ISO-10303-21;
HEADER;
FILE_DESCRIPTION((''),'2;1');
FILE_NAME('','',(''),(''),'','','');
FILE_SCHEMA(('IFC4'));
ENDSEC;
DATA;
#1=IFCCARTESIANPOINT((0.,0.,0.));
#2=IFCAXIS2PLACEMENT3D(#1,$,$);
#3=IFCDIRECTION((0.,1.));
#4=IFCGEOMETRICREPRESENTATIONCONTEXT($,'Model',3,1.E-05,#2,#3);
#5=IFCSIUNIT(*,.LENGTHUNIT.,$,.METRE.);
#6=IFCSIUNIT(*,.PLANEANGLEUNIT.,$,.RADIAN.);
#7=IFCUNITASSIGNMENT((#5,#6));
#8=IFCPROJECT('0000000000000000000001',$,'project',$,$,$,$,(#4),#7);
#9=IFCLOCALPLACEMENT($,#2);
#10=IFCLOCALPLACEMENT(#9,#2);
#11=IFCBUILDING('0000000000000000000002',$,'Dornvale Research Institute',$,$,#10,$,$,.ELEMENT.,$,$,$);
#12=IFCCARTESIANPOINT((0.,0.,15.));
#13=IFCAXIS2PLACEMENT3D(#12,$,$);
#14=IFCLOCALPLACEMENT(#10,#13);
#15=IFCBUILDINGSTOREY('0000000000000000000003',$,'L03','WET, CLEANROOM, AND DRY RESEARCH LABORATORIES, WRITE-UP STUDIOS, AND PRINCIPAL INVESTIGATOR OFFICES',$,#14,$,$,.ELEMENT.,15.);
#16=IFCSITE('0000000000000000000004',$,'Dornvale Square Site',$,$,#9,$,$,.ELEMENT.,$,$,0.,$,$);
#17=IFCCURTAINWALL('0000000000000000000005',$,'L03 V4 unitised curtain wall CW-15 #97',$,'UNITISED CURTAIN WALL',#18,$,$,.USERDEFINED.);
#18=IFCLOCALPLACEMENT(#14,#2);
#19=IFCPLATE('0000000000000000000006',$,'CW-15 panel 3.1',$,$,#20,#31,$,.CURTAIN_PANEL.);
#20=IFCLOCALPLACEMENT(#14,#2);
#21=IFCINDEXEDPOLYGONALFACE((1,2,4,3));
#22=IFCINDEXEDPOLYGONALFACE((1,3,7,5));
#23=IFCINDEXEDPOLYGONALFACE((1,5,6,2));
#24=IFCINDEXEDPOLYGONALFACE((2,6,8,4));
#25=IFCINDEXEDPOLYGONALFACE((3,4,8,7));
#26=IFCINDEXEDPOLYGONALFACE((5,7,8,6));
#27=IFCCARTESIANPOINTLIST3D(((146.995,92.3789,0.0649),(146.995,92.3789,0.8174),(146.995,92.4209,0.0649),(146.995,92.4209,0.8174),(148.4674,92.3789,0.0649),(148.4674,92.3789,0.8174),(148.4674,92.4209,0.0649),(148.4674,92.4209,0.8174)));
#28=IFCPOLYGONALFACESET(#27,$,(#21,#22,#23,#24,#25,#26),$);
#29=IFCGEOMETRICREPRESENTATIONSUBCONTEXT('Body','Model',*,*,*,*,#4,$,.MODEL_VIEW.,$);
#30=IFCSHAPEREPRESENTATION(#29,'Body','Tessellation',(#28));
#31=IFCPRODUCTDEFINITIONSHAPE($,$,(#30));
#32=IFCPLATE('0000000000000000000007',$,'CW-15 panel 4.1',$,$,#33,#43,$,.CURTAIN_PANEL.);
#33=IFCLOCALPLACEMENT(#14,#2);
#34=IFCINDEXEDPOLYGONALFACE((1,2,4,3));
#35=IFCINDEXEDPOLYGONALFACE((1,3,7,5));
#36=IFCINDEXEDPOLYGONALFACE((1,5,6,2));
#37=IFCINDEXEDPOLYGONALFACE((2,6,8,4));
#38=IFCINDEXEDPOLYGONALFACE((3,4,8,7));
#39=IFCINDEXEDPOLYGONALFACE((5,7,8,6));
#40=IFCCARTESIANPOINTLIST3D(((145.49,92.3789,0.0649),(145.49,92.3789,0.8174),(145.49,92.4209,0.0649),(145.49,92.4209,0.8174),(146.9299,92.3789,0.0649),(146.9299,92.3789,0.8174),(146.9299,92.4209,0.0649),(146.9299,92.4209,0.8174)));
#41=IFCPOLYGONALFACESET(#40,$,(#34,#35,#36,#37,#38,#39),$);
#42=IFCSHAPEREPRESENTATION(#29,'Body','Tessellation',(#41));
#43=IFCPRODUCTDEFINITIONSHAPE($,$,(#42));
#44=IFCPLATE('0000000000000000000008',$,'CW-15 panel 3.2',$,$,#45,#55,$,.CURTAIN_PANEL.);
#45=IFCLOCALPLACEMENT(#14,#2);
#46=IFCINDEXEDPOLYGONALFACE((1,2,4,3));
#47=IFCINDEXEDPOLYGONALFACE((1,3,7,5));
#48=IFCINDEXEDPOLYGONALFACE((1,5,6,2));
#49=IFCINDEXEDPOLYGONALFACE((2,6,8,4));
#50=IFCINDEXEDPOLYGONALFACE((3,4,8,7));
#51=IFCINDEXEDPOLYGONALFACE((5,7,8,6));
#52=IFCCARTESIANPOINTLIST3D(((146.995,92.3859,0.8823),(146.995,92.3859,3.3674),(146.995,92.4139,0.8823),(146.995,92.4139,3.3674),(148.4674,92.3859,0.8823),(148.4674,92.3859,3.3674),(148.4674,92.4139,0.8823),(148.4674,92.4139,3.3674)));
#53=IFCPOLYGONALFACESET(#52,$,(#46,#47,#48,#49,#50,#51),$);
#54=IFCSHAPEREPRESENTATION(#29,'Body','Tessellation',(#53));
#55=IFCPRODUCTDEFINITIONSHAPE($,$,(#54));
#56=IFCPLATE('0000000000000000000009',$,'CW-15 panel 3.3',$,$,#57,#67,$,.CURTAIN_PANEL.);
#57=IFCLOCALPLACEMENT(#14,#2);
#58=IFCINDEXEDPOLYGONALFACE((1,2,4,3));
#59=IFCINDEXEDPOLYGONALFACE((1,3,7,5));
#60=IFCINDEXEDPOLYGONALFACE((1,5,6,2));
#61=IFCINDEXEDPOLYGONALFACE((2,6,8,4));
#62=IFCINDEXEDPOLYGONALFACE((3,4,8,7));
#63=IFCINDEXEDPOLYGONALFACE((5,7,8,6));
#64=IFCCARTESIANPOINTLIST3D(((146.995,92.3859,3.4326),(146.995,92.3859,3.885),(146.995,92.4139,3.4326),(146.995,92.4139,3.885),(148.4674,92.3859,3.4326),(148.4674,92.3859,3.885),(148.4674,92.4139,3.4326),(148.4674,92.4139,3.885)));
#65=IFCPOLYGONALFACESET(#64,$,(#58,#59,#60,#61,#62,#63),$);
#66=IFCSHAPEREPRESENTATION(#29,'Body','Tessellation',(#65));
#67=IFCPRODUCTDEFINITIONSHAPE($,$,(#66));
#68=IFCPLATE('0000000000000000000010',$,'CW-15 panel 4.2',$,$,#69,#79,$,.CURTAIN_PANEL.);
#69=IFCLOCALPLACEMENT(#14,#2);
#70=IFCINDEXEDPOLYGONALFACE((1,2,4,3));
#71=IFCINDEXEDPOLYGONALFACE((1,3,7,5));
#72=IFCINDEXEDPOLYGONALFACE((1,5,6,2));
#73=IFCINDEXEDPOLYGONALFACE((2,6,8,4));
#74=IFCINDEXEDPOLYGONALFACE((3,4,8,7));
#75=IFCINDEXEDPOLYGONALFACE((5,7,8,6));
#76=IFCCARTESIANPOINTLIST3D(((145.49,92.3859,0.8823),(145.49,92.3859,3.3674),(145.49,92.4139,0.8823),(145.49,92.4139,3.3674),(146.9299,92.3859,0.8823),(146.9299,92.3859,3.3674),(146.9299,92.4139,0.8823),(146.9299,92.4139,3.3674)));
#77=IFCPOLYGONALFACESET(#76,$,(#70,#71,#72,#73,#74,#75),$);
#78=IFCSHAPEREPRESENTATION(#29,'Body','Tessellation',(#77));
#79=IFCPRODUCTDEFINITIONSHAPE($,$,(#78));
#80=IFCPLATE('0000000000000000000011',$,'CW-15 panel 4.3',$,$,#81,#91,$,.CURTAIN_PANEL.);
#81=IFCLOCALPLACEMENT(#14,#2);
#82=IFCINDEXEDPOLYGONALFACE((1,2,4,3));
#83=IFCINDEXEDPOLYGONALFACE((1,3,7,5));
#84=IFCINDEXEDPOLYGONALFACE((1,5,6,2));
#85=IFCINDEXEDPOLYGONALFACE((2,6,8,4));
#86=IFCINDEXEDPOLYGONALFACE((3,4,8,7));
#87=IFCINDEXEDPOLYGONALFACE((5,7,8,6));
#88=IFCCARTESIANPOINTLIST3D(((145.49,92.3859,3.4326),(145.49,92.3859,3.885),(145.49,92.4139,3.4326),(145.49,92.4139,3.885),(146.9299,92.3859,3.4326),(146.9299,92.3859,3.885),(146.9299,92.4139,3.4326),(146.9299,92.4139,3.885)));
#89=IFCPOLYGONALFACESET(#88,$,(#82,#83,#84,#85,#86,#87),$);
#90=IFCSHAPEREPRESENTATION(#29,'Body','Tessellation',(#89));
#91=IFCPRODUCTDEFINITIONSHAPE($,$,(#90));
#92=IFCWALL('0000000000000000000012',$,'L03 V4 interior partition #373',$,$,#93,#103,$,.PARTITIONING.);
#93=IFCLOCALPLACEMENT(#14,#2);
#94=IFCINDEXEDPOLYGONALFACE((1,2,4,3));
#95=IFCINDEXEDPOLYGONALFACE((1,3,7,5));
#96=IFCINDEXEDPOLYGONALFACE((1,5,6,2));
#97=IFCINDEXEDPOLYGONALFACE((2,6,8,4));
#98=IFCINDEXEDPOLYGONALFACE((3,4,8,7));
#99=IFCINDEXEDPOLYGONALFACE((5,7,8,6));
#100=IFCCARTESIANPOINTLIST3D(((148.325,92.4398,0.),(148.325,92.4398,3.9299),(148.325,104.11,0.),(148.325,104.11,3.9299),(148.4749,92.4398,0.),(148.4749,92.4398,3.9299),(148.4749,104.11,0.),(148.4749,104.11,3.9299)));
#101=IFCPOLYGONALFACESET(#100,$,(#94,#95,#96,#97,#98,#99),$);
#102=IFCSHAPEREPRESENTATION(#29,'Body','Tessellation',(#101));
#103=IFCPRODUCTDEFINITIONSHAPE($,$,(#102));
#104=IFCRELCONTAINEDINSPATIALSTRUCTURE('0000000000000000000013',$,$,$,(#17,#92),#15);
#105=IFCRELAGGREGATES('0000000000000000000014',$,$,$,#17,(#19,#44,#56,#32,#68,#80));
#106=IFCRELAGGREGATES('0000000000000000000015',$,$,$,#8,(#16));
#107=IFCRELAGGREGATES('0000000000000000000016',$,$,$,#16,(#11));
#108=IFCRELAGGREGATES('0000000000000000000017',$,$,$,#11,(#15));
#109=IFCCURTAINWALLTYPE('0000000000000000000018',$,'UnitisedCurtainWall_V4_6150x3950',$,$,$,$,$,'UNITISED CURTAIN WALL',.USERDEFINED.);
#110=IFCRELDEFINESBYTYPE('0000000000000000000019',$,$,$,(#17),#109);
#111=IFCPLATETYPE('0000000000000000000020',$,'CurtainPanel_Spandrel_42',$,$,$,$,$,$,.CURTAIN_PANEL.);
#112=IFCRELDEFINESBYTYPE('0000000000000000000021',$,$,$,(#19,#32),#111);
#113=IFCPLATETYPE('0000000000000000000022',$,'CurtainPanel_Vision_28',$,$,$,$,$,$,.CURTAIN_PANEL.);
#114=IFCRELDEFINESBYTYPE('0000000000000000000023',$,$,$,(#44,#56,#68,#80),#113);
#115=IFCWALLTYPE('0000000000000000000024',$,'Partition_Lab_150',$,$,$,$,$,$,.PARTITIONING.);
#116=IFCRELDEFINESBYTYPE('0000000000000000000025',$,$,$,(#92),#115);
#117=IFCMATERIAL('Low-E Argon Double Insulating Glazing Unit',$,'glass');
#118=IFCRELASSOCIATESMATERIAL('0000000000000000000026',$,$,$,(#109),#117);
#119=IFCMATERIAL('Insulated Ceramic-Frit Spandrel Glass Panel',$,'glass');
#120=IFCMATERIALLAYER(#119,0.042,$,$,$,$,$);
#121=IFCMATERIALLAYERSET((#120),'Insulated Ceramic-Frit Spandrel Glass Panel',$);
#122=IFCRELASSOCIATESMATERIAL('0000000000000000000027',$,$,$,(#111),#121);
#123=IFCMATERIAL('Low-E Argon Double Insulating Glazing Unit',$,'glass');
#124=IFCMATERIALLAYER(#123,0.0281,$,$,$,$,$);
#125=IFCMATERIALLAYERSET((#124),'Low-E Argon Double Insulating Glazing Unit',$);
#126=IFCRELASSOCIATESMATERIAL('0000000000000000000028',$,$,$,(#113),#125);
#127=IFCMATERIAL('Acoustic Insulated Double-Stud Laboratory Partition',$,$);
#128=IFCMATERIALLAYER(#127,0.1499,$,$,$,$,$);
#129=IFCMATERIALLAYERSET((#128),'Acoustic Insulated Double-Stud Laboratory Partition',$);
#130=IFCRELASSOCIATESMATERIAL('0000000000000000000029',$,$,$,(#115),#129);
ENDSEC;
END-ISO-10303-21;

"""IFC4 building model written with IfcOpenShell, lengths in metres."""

from ifc_helpers import new_model, si_unit, direction, frame, frame_2d, origin, origin_2d, place, context, subcontext, project, spatial, rectangle, extrude, material, layer, layer_set, type_object, element, aggregate, save


model = new_model("IFC4")

# Units and contexts
model_context = context("Model", 3, precision=1e-05, world=origin(), true_north=direction((0.0, 1.0)))
body_context = subcontext(model_context, "Body", "Model", "MODEL_VIEW")
ifc_project = project(units=[si_unit("LENGTHUNIT", "METRE"), si_unit("PLANEANGLEUNIT", "RADIAN")], contexts=[model_context])

# Site, building, storey
site_placement = place(None, origin())
site = spatial("IfcSite", under=ifc_project, at=site_placement, Name="Dornvale Square Site", CompositionType="ELEMENT", RefElevation=0.0)
building_placement = place(site_placement, origin())
building = spatial("IfcBuilding", under=site, at=building_placement, Name="Dornvale Research Institute", CompositionType="ELEMENT")
storey_placement = place(building_placement, frame((0.0, 0.0, 15.0)))
storey = spatial("IfcBuildingStorey", under=building, at=storey_placement, Name="L03", Description="WET, CLEANROOM, AND DRY RESEARCH LABORATORIES, WRITE-UP STUDIOS, AND PRINCIPAL INVESTIGATOR OFFICES", CompositionType="ELEMENT", Elevation=15.0)

# Curtain wall, plates
ifc_material_1 = material(Name="Low-E Argon Double Insulating Glazing Unit", Category="glass")
curtain_wall_type = type_object("IfcCurtainWallType", Name="UnitisedCurtainWall_V4_6150x3950", ElementType="UNITISED CURTAIN WALL", PredefinedType="USERDEFINED", material=ifc_material_1)
curtain_wall_placement = place(storey_placement, origin())
curtain_wall = element("IfcCurtainWall", 1, at=curtain_wall_placement, inside=storey, type_object=curtain_wall_type, Name="L03 V4 unitised curtain wall CW-15 #97", ObjectType="UNITISED CURTAIN WALL", PredefinedType="USERDEFINED")
ifc_material_2 = material(Name="Insulated Ceramic-Frit Spandrel Glass Panel", Category="glass")
ifc_layer_1 = layer(ifc_material_2, 0.042)
ifc_layer_set_1 = layer_set([ifc_layer_1], Name="Insulated Ceramic-Frit Spandrel Glass Panel")
plate_type_1 = type_object("IfcPlateType", Name="CurtainPanel_Spandrel_42", PredefinedType="CURTAIN_PANEL", material=ifc_layer_set_1)
plate_1_placement = place(storey_placement, frame((147.7312, 92.3999, 0.0649), z_axis=(0.0, 0.0, 1.0), x_axis=(-1.0, 0.0, 0.0)))
plate_1 = element("IfcPlate", 2, at=plate_1_placement, type_object=plate_type_1, Name="CW-15 panel 3.1", PredefinedType="CURTAIN_PANEL", context=body_context, shape_type="SweptSolid", body=[
    extrude(rectangle(XDim=1.4724, YDim=0.042, at=origin_2d()), origin(), (0.0, 0.0, 1.0), 0.7524),
])
plate_2_placement = place(storey_placement, frame((146.21, 92.3999, 0.0649), z_axis=(0.0, 0.0, 1.0), x_axis=(-1.0, 0.0, 0.0)))
plate_2 = element("IfcPlate", 3, at=plate_2_placement, type_object=plate_type_1, Name="CW-15 panel 4.1", PredefinedType="CURTAIN_PANEL", context=body_context, shape_type="SweptSolid", body=[
    extrude(rectangle(XDim=1.4399, YDim=0.042, at=origin_2d()), origin(), (0.0, 0.0, 1.0), 0.7524),
])
ifc_material_3 = material(Name="Low-E Argon Double Insulating Glazing Unit", Category="glass")
ifc_layer_2 = layer(ifc_material_3, 0.0281)
ifc_layer_set_2 = layer_set([ifc_layer_2], Name="Low-E Argon Double Insulating Glazing Unit")
plate_type_2 = type_object("IfcPlateType", Name="CurtainPanel_Vision_28", PredefinedType="CURTAIN_PANEL", material=ifc_layer_set_2)
plate_3_placement = place(storey_placement, frame((147.7312, 92.3999, 0.8823), z_axis=(0.0, 0.0, 1.0), x_axis=(-1.0, 0.0, 0.0)))
plate_3 = element("IfcPlate", 4, at=plate_3_placement, type_object=plate_type_2, Name="CW-15 panel 3.2", PredefinedType="CURTAIN_PANEL", context=body_context, shape_type="SweptSolid", body=[
    extrude(rectangle(XDim=1.4724, YDim=0.0281, at=origin_2d()), origin(), (0.0, 0.0, 1.0), 2.4851),
])
plate_4_placement = place(storey_placement, frame((147.7312, 92.3999, 3.4326), z_axis=(0.0, 0.0, 1.0), x_axis=(-1.0, 0.0, 0.0)))
plate_4 = element("IfcPlate", 5, at=plate_4_placement, type_object=plate_type_2, Name="CW-15 panel 3.3", PredefinedType="CURTAIN_PANEL", context=body_context, shape_type="SweptSolid", body=[
    extrude(rectangle(XDim=1.4724, YDim=0.0281, at=origin_2d()), origin(), (0.0, 0.0, 1.0), 0.4524),
])
plate_5_placement = place(storey_placement, frame((146.21, 92.3999, 0.8823), z_axis=(0.0, 0.0, 1.0), x_axis=(-1.0, 0.0, 0.0)))
plate_5 = element("IfcPlate", 6, at=plate_5_placement, type_object=plate_type_2, Name="CW-15 panel 4.2", PredefinedType="CURTAIN_PANEL", context=body_context, shape_type="SweptSolid", body=[
    extrude(rectangle(XDim=1.4399, YDim=0.0281, at=origin_2d()), origin(), (0.0, 0.0, 1.0), 2.4851),
])
plate_6_placement = place(storey_placement, frame((146.21, 92.3999, 3.4326), z_axis=(0.0, 0.0, 1.0), x_axis=(-1.0, 0.0, 0.0)))
plate_6 = element("IfcPlate", 7, at=plate_6_placement, type_object=plate_type_2, Name="CW-15 panel 4.3", PredefinedType="CURTAIN_PANEL", context=body_context, shape_type="SweptSolid", body=[
    extrude(rectangle(XDim=1.4399, YDim=0.0281, at=origin_2d()), origin(), (0.0, 0.0, 1.0), 0.4524),
])
aggregate(curtain_wall, [plate_1, plate_3, plate_4, plate_2, plate_5, plate_6])

# Wall
ifc_material_4 = material(Name="Acoustic Insulated Double-Stud Laboratory Partition")
ifc_layer_3 = layer(ifc_material_4, 0.1499)
ifc_layer_set_3 = layer_set([ifc_layer_3], Name="Acoustic Insulated Double-Stud Laboratory Partition")
wall_type = type_object("IfcWallType", Name="Partition_Lab_150", PredefinedType="PARTITIONING", material=ifc_layer_set_3)
wall_placement = place(storey_placement, frame((148.3999, 92.4399, 0.0), z_axis=(0.0, 0.0, 1.0), x_axis=(0.0, 1.0, 0.0)))
element("IfcWall", 8, at=wall_placement, inside=storey, type_object=wall_type, Name="L03 V4 interior partition #373", PredefinedType="PARTITIONING", context=body_context, shape_type="SweptSolid", body=[
    extrude(rectangle(XDim=11.6702, YDim=0.1499, at=frame_2d((5.835, 0.0))), origin(), (0.0, 0.0, 1.0), 3.9299),
])

save(model, "model.ifc")
